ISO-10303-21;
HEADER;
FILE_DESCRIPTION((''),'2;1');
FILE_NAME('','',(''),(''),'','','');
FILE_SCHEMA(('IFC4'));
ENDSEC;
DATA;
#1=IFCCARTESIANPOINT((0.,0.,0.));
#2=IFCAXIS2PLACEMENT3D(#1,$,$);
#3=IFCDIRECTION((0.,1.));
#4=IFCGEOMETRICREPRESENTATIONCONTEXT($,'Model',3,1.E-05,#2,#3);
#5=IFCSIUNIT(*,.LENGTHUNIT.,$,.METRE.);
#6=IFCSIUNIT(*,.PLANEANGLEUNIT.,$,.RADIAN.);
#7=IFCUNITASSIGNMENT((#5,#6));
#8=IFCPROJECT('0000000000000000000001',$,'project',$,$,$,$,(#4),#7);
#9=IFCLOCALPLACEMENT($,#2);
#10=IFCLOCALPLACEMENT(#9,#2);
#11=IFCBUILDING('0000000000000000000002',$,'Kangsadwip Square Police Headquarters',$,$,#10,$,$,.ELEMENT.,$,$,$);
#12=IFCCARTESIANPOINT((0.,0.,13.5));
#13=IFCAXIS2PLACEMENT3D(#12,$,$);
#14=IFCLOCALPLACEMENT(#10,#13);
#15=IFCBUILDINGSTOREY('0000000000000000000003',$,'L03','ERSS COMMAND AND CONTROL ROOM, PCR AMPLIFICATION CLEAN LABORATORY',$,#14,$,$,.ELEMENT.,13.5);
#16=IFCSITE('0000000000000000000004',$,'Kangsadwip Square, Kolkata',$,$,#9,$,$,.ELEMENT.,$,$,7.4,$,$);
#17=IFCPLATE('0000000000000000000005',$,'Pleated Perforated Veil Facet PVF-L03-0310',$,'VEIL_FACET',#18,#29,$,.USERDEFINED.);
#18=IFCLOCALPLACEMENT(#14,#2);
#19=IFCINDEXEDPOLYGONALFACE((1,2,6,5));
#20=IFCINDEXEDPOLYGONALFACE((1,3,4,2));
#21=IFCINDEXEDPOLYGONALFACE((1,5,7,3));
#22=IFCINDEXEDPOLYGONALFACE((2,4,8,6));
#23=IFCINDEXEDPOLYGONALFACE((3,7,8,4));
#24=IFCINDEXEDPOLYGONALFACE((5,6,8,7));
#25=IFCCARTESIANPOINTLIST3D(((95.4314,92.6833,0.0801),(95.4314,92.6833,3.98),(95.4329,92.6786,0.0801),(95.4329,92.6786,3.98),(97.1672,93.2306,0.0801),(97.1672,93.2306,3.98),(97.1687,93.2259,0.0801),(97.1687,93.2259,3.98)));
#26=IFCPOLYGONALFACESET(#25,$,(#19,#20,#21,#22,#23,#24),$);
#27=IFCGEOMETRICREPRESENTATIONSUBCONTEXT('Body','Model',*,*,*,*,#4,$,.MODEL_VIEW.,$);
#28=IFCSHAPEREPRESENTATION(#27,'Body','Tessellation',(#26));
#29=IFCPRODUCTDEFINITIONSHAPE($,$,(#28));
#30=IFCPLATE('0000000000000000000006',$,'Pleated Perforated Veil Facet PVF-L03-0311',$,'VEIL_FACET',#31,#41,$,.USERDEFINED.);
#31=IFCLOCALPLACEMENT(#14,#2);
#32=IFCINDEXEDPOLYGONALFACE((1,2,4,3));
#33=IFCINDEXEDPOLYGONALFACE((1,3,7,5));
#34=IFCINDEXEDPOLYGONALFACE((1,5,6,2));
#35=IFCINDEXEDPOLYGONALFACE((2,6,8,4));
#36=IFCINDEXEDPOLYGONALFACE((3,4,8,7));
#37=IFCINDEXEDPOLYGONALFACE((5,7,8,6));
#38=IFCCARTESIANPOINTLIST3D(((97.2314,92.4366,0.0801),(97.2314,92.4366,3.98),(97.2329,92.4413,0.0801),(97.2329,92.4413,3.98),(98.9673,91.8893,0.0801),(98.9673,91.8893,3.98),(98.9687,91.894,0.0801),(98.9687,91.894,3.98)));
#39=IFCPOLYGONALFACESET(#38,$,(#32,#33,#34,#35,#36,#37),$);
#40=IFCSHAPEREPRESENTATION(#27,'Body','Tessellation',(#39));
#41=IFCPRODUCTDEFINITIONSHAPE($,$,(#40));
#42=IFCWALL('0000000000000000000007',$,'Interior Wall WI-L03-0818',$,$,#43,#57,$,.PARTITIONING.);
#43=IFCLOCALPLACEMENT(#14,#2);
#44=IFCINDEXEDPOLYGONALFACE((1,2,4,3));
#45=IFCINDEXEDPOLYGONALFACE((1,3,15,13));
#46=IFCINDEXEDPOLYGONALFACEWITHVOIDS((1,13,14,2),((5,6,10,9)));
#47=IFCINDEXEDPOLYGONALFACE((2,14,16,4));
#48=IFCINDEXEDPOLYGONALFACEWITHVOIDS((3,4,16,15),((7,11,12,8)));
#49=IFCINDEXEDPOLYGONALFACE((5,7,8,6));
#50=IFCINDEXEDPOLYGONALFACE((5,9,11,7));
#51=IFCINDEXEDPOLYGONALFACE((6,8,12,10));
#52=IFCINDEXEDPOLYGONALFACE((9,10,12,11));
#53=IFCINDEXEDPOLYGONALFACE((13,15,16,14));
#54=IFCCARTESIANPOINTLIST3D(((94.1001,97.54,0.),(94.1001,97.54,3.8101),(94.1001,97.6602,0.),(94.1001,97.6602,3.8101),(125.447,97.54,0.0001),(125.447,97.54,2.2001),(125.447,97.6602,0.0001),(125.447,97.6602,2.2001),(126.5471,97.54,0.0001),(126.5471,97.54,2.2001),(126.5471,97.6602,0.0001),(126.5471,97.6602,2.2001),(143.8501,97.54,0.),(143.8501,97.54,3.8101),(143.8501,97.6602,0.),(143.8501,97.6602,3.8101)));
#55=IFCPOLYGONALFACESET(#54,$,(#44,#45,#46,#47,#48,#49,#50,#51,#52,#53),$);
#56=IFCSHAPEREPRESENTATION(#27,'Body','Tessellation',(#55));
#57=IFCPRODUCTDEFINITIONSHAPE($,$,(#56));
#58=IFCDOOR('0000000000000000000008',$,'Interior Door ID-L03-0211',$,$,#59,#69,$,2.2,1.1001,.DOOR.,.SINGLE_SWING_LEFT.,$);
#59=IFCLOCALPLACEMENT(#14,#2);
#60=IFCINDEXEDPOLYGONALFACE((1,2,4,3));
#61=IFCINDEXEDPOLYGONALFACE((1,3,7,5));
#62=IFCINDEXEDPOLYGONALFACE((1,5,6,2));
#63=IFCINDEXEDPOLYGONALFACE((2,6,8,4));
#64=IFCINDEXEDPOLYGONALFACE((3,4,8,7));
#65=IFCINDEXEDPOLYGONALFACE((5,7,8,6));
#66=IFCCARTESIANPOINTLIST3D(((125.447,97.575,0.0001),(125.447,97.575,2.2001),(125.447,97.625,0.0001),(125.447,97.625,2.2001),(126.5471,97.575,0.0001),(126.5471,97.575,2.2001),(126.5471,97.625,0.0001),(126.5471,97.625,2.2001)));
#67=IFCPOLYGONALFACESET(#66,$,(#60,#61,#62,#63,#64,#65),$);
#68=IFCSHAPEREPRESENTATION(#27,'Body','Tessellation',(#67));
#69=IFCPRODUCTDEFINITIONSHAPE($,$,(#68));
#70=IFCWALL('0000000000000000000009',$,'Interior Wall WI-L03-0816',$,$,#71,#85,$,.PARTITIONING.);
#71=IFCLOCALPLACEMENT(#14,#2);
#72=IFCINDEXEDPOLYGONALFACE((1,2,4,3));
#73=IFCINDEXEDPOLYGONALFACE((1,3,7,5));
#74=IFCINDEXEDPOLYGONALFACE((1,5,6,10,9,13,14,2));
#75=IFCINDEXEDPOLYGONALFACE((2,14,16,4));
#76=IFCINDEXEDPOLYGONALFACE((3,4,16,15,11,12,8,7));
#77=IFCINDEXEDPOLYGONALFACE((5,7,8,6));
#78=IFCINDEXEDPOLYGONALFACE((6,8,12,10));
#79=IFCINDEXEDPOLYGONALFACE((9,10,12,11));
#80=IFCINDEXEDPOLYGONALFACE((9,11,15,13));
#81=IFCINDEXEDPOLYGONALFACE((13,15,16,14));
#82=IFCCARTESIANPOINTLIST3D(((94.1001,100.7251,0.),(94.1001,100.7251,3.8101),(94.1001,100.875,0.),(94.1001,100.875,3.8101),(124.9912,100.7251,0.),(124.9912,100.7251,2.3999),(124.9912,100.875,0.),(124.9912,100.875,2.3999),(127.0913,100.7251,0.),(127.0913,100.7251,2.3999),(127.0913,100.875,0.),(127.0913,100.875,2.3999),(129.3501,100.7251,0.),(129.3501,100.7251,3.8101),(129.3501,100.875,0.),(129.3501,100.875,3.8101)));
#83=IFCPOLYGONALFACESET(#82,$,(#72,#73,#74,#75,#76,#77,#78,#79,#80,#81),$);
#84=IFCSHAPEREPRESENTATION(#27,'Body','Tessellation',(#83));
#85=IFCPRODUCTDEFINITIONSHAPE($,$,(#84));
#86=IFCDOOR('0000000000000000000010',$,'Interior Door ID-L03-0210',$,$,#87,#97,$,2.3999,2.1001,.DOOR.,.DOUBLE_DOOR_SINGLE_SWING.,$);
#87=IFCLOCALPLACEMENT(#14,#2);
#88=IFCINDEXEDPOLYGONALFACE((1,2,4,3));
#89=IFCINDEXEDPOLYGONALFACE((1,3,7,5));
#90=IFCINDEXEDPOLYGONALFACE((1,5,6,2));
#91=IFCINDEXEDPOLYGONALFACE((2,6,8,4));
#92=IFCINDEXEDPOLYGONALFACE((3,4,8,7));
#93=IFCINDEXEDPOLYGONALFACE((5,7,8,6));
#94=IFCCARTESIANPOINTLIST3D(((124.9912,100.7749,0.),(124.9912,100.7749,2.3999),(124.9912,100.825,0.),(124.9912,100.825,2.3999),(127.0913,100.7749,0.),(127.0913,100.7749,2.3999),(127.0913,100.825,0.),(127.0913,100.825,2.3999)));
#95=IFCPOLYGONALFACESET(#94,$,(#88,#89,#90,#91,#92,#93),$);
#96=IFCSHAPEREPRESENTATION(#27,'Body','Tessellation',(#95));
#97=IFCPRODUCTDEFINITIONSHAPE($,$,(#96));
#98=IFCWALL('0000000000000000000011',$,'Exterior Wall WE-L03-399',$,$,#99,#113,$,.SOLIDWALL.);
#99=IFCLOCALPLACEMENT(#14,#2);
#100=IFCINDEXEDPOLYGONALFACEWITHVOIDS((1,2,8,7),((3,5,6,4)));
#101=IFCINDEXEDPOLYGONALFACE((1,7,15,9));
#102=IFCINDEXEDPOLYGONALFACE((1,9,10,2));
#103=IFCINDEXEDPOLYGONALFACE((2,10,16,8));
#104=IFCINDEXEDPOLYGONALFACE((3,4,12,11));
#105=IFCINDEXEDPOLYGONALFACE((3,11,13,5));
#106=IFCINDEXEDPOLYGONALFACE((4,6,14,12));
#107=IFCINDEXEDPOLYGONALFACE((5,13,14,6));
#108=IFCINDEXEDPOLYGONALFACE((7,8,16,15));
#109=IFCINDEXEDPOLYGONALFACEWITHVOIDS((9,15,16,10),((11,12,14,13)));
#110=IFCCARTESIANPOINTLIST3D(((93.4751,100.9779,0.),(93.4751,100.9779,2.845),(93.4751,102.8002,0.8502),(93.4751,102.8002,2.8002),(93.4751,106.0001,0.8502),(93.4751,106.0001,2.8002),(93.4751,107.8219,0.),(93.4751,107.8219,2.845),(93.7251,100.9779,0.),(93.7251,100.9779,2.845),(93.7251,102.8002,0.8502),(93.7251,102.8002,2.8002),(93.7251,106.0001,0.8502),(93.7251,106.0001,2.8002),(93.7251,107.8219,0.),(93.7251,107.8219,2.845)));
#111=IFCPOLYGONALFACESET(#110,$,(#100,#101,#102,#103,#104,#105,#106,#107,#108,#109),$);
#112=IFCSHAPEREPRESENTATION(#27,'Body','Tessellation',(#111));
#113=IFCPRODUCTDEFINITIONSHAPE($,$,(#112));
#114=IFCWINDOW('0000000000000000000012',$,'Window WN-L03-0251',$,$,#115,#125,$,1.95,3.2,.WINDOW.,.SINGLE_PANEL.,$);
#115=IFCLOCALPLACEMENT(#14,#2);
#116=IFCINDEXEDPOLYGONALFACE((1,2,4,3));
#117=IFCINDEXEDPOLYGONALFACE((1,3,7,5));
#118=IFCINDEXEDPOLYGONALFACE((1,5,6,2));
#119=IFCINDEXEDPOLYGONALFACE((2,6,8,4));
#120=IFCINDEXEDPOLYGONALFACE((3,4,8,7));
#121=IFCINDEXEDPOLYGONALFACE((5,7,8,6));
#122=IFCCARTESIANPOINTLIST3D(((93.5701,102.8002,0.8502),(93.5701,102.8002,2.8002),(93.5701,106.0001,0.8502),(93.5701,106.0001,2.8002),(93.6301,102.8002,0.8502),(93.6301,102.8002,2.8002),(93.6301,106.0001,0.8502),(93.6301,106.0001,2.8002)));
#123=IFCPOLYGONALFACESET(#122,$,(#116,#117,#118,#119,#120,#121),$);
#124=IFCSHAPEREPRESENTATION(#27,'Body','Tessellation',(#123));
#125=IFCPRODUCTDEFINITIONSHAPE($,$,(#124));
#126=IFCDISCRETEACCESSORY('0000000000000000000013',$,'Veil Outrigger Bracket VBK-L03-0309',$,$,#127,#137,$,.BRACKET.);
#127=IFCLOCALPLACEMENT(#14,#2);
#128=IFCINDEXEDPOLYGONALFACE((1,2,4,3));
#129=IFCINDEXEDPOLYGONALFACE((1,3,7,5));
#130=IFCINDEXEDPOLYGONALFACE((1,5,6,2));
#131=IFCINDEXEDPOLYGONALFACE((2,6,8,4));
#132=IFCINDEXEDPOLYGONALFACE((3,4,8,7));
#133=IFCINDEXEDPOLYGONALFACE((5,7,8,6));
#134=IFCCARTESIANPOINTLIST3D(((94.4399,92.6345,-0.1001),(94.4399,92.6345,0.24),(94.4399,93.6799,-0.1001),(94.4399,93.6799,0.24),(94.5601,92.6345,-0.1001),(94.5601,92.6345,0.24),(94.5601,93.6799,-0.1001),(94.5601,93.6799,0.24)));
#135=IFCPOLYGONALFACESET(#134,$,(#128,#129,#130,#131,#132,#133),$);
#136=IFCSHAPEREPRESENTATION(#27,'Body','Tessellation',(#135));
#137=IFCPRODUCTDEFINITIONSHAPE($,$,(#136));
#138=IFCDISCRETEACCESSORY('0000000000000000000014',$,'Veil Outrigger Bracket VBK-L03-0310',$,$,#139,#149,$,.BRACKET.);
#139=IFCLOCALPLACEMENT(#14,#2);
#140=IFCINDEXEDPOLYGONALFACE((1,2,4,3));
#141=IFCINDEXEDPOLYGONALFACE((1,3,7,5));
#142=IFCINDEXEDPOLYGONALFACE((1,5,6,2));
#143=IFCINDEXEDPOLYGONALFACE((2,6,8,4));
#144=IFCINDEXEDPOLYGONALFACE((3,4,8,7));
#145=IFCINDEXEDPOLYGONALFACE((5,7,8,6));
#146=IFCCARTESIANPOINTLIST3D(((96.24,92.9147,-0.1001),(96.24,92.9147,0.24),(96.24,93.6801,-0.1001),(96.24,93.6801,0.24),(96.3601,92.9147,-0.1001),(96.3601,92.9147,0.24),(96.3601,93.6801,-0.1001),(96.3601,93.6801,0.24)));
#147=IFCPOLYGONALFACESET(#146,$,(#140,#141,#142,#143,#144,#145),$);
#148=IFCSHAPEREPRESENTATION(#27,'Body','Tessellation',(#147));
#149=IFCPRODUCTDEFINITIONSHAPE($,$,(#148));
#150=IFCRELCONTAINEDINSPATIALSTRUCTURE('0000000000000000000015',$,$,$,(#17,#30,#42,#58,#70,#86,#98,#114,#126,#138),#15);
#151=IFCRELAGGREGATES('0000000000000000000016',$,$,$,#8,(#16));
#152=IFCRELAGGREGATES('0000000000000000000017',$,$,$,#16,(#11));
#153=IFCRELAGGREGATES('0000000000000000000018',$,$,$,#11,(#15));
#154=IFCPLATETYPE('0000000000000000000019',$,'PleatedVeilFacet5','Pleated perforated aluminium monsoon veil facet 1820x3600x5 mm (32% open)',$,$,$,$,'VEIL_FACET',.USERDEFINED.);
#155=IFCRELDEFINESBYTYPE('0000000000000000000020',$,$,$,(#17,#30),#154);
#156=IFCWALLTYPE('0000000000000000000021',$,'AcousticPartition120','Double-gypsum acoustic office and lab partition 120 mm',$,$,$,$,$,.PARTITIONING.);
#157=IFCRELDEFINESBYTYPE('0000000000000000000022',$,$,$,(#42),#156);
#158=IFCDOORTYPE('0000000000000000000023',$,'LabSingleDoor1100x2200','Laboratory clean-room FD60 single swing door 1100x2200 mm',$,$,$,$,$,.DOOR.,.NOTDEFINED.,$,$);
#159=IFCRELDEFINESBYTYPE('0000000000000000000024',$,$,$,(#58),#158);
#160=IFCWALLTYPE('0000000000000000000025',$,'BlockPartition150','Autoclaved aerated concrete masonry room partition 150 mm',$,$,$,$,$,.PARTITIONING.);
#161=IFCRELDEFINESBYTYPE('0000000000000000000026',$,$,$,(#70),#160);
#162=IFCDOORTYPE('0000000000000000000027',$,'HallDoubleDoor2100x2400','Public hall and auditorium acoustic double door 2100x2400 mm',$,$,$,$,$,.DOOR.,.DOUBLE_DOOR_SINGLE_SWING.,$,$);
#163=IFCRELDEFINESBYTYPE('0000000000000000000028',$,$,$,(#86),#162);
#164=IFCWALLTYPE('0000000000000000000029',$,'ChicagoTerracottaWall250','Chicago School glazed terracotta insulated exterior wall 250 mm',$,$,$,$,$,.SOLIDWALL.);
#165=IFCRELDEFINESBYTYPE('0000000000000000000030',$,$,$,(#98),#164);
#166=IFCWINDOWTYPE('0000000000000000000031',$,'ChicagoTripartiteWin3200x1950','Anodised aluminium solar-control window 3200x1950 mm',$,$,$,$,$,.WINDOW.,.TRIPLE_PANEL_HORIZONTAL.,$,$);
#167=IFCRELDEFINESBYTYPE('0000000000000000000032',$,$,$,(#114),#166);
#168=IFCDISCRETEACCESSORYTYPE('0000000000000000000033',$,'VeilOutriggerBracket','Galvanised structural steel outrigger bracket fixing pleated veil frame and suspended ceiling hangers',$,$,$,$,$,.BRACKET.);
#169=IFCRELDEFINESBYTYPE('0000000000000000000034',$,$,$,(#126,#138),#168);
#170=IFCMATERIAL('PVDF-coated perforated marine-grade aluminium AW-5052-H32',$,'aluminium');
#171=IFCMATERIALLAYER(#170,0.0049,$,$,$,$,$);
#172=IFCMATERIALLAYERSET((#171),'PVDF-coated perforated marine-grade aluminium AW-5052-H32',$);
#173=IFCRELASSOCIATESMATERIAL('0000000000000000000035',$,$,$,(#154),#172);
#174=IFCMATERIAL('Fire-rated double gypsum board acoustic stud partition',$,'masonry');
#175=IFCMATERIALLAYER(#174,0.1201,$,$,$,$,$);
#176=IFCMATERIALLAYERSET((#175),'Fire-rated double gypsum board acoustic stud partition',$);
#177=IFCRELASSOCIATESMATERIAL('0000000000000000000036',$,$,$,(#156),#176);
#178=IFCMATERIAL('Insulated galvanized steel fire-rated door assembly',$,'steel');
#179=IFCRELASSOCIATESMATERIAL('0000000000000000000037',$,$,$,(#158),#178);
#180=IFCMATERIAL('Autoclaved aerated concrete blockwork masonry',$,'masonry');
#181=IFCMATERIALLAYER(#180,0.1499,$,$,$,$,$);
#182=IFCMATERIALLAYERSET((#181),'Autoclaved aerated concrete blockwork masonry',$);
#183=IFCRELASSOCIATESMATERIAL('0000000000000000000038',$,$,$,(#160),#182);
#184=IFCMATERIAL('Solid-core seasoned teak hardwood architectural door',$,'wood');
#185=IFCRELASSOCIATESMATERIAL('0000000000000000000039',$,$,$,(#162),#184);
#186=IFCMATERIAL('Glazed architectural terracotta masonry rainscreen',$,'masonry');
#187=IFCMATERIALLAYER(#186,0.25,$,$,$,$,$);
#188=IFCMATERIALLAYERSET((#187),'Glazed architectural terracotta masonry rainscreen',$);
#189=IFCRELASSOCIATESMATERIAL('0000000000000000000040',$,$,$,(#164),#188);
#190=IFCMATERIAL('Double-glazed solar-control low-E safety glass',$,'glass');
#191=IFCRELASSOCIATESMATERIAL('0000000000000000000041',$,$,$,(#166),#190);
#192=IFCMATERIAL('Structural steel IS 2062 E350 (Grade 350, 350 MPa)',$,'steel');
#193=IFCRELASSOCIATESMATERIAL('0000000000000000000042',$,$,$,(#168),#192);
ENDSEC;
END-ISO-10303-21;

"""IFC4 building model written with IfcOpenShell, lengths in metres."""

from ifc_helpers import new_model, si_unit, direction, frame, frame_2d, origin, origin_2d, place, context, subcontext, project, spatial, rectangle, extrude, material, layer, layer_set, type_object, element, fill, save


model = new_model("IFC4")

# Units and contexts
model_context = context("Model", 3, precision=1e-05, world=origin(), true_north=direction((0.0, 1.0)))
body_context = subcontext(model_context, "Body", "Model", "MODEL_VIEW")
ifc_project = project(units=[si_unit("LENGTHUNIT", "METRE"), si_unit("PLANEANGLEUNIT", "RADIAN")], contexts=[model_context])

# Site, building, storey
site_placement = place(None, origin())
site = spatial("IfcSite", under=ifc_project, at=site_placement, Name="Kangsadwip Square, Kolkata", CompositionType="ELEMENT", RefElevation=7.4)
building_placement = place(site_placement, origin())
building = spatial("IfcBuilding", under=site, at=building_placement, Name="Kangsadwip Square Police Headquarters", CompositionType="ELEMENT")
storey_placement = place(building_placement, frame((0.0, 0.0, 13.5)))
storey = spatial("IfcBuildingStorey", under=building, at=storey_placement, Name="L03", Description="ERSS COMMAND AND CONTROL ROOM, PCR AMPLIFICATION CLEAN LABORATORY", CompositionType="ELEMENT", Elevation=13.5)

# Plates
ifc_material_1 = material(Name="PVDF-coated perforated marine-grade aluminium AW-5052-H32", Category="aluminium")
ifc_layer_1 = layer(ifc_material_1, 0.0049)
ifc_layer_set_1 = layer_set([ifc_layer_1], Name="PVDF-coated perforated marine-grade aluminium AW-5052-H32")
plate_type_1 = type_object("IfcPlateType", Name="PleatedVeilFacet5", Description="Pleated perforated aluminium monsoon veil facet 1820x3600x5 mm (32% open)", ElementType="VEIL_FACET", PredefinedType="USERDEFINED", material=ifc_layer_set_1)
for number, where, z_axis, x_axis, name in (
    (1, (96.3, 92.9546, 0.0801), (0.0, 0.0, 1.0), (0.953717, 0.300706, 0.0), "Pleated Perforated Veil Facet PVF-L03-0310"),
    (2, (98.1001, 92.1653, 0.0801), (0.0, 0.0, 1.0), (0.953717, -0.300706, 0.0), "Pleated Perforated Veil Facet PVF-L03-0311"),
):
    element("IfcPlate", number, at=place(storey_placement, frame(where, z_axis=z_axis, x_axis=x_axis)), inside=storey, type_object=plate_type_1, Name=name, ObjectType="VEIL_FACET", PredefinedType="USERDEFINED", context=body_context, shape_type="SweptSolid", body=[
        extrude(rectangle(XDim=1.8201, YDim=0.0049, at=origin_2d()), origin(), (0.0, 0.0, 1.0), 3.8999),
    ])

# Walls, openings, doors
ifc_material_2 = material(Name="Fire-rated double gypsum board acoustic stud partition", Category="masonry")
ifc_layer_2 = layer(ifc_material_2, 0.1201)
ifc_layer_set_2 = layer_set([ifc_layer_2], Name="Fire-rated double gypsum board acoustic stud partition")
wall_type_1 = type_object("IfcWallType", Name="AcousticPartition120", Description="Double-gypsum acoustic office and lab partition 120 mm", PredefinedType="PARTITIONING", material=ifc_layer_set_2)
wall_1_placement = place(storey_placement, frame((94.1001, 97.6001, 0.0), z_axis=(0.0, 0.0, 1.0), x_axis=(1.0, 0.0, 0.0)))
wall_1 = element("IfcWall", 3, at=wall_1_placement, inside=storey, type_object=wall_type_1, Name="Interior Wall WI-L03-0818", PredefinedType="PARTITIONING", context=body_context, shape_type="SweptSolid", body=[
    extrude(rectangle(XDim=49.75, YDim=0.1201, at=frame_2d((24.875, 0.0))), origin(), (0.0, 0.0, 1.0), 3.8101),
])
opening_1_placement = place(wall_1_placement, frame((31.3469, 0.0, 0.0)))
opening_1 = element("IfcOpeningElement", 4, at=opening_1_placement, cuts=wall_1, PredefinedType="OPENING", context=body_context, shape_type="SweptSolid", body=[
    extrude(rectangle(XDim=1.1001, YDim=2.2, at=frame_2d((0.55, 1.1001))), frame((0.0, 0.0701, 0.0), z_axis=(0.0, -1.0, 0.0), x_axis=(1.0, 0.0, 0.0)), (0.0, 0.0, 1.0), 0.1401),
])
ifc_material_3 = material(Name="Insulated galvanized steel fire-rated door assembly", Category="steel")
door_type_1 = type_object("IfcDoorType", Name="LabSingleDoor1100x2200", Description="Laboratory clean-room FD60 single swing door 1100x2200 mm", OperationType="NOTDEFINED", PredefinedType="DOOR", material=ifc_material_3)
door_1_placement = place(opening_1_placement, origin())
door_1 = element("IfcDoor", 5, at=door_1_placement, inside=storey, type_object=door_type_1, Name="Interior Door ID-L03-0211", OperationType="SINGLE_SWING_LEFT", OverallHeight=2.2, OverallWidth=1.1001, PredefinedType="DOOR", context=body_context, shape_type="SweptSolid", body=[
    extrude(rectangle(XDim=1.1001, YDim=2.2, at=frame_2d((0.55, 1.1001))), frame((0.0, 0.0249, 0.0), z_axis=(0.0, -1.0, 0.0), x_axis=(1.0, 0.0, 0.0)), (0.0, 0.0, 1.0), 0.05),
])
fill(opening_1, door_1)
ifc_material_4 = material(Name="Autoclaved aerated concrete blockwork masonry", Category="masonry")
ifc_layer_3 = layer(ifc_material_4, 0.1499)
ifc_layer_set_3 = layer_set([ifc_layer_3], Name="Autoclaved aerated concrete blockwork masonry")
wall_type_2 = type_object("IfcWallType", Name="BlockPartition150", Description="Autoclaved aerated concrete masonry room partition 150 mm", PredefinedType="PARTITIONING", material=ifc_layer_set_3)
wall_2_placement = place(storey_placement, frame((94.1001, 100.8, 0.0), z_axis=(0.0, 0.0, 1.0), x_axis=(1.0, 0.0, 0.0)))
wall_2 = element("IfcWall", 6, at=wall_2_placement, inside=storey, type_object=wall_type_2, Name="Interior Wall WI-L03-0816", PredefinedType="PARTITIONING", context=body_context, shape_type="SweptSolid", body=[
    extrude(rectangle(XDim=35.25, YDim=0.1499, at=frame_2d((17.625, 0.0))), origin(), (0.0, 0.0, 1.0), 3.8101),
])
opening_2_placement = place(wall_2_placement, frame((30.8911, 0.0, 0.0)))
opening_2 = element("IfcOpeningElement", 7, at=opening_2_placement, cuts=wall_2, PredefinedType="OPENING", context=body_context, shape_type="SweptSolid", body=[
    extrude(rectangle(XDim=2.1001, YDim=2.3999, at=frame_2d((1.05, 1.2))), frame((0.0, 0.085, 0.0), z_axis=(0.0, -1.0, 0.0), x_axis=(1.0, 0.0, 0.0)), (0.0, 0.0, 1.0), 0.1699),
])
ifc_material_5 = material(Name="Solid-core seasoned teak hardwood architectural door", Category="wood")
door_type_2 = type_object("IfcDoorType", Name="HallDoubleDoor2100x2400", Description="Public hall and auditorium acoustic double door 2100x2400 mm", OperationType="DOUBLE_DOOR_SINGLE_SWING", PredefinedType="DOOR", material=ifc_material_5)
door_2_placement = place(opening_2_placement, origin())
door_2 = element("IfcDoor", 8, at=door_2_placement, inside=storey, type_object=door_type_2, Name="Interior Door ID-L03-0210", OperationType="DOUBLE_DOOR_SINGLE_SWING", OverallHeight=2.3999, OverallWidth=2.1001, PredefinedType="DOOR", context=body_context, shape_type="SweptSolid", body=[
    extrude(rectangle(XDim=2.1001, YDim=2.3999, at=frame_2d((1.05, 1.2))), frame((0.0, 0.0249, 0.0), z_axis=(0.0, -1.0, 0.0), x_axis=(1.0, 0.0, 0.0)), (0.0, 0.0, 1.0), 0.05),
])
fill(opening_2, door_2)

# Wall, opening, window
ifc_material_6 = material(Name="Glazed architectural terracotta masonry rainscreen", Category="masonry")
ifc_layer_4 = layer(ifc_material_6, 0.25)
ifc_layer_set_4 = layer_set([ifc_layer_4], Name="Glazed architectural terracotta masonry rainscreen")
wall_type_3 = type_object("IfcWallType", Name="ChicagoTerracottaWall250", Description="Chicago School glazed terracotta insulated exterior wall 250 mm", PredefinedType="SOLIDWALL", material=ifc_layer_set_4)
wall_3_placement = place(storey_placement, frame((93.6001, 100.978, 0.0), z_axis=(0.0, 0.0, 1.0), x_axis=(0.0, 1.0, 0.0)))
wall_3 = element("IfcWall", 9, at=wall_3_placement, inside=storey, type_object=wall_type_3, Name="Exterior Wall WE-L03-399", PredefinedType="SOLIDWALL", context=body_context, shape_type="SweptSolid", body=[
    extrude(rectangle(XDim=6.844, YDim=0.25, at=frame_2d((3.4219, 0.0))), origin(), (0.0, 0.0, 1.0), 2.845),
])
opening_3_placement = place(wall_3_placement, frame((1.822, 0.0, 0.8501)))
opening_3 = element("IfcOpeningElement", 10, at=opening_3_placement, cuts=wall_3, PredefinedType="OPENING", context=body_context, shape_type="SweptSolid", body=[
    extrude(rectangle(XDim=3.2, YDim=1.95, at=frame_2d((1.6001, 0.9751))), frame((0.0, 0.135, 0.0), z_axis=(0.0, -1.0, 0.0), x_axis=(1.0, 0.0, 0.0)), (0.0, 0.0, 1.0), 0.27),
])
ifc_material_7 = material(Name="Double-glazed solar-control low-E safety glass", Category="glass")
window_type = type_object("IfcWindowType", Name="ChicagoTripartiteWin3200x1950", Description="Anodised aluminium solar-control window 3200x1950 mm", PartitioningType="TRIPLE_PANEL_HORIZONTAL", PredefinedType="WINDOW", material=ifc_material_7)
window_placement = place(opening_3_placement, origin())
window = element("IfcWindow", 11, at=window_placement, inside=storey, type_object=window_type, Name="Window WN-L03-0251", OverallHeight=1.95, OverallWidth=3.2, PartitioningType="SINGLE_PANEL", PredefinedType="WINDOW", context=body_context, shape_type="SweptSolid", body=[
    extrude(rectangle(XDim=3.2, YDim=1.95, at=frame_2d((1.6001, 0.9751))), frame((0.0, 0.03, 0.0), z_axis=(0.0, -1.0, 0.0), x_axis=(1.0, 0.0, 0.0)), (0.0, 0.0, 1.0), 0.0601),
])
fill(opening_3, window)

# Discrete accessories
ifc_material_8 = material(Name="Structural steel IS 2062 E350 (Grade 350, 350 MPa)", Category="steel")
discrete_accessory_type = type_object("IfcDiscreteAccessoryType", Name="VeilOutriggerBracket", Description="Galvanised structural steel outrigger bracket fixing pleated veil frame and suspended ceiling hangers", PredefinedType="BRACKET", material=ifc_material_8)
discrete_accessory_1_placement = place(storey_placement, frame((94.5, 93.1572, -0.1001), z_axis=(0.0, 0.0, 1.0), x_axis=(1.0, 0.0, 0.0)))
element("IfcDiscreteAccessory", 12, at=discrete_accessory_1_placement, inside=storey, type_object=discrete_accessory_type, Name="Veil Outrigger Bracket VBK-L03-0309", PredefinedType="BRACKET", context=body_context, shape_type="SweptSolid", body=[
    extrude(rectangle(XDim=0.1201, YDim=1.0454, at=origin_2d()), origin(), (0.0, 0.0, 1.0), 0.3401),
])
discrete_accessory_2_placement = place(storey_placement, frame((96.3, 93.2974, -0.1001), z_axis=(0.0, 0.0, 1.0), x_axis=(1.0, 0.0, 0.0)))
element("IfcDiscreteAccessory", 13, at=discrete_accessory_2_placement, inside=storey, type_object=discrete_accessory_type, Name="Veil Outrigger Bracket VBK-L03-0310", PredefinedType="BRACKET", context=body_context, shape_type="SweptSolid", body=[
    extrude(rectangle(XDim=0.1201, YDim=0.7654, at=origin_2d()), origin(), (0.0, 0.0, 1.0), 0.3401),
])

save(model, "model.ifc")
